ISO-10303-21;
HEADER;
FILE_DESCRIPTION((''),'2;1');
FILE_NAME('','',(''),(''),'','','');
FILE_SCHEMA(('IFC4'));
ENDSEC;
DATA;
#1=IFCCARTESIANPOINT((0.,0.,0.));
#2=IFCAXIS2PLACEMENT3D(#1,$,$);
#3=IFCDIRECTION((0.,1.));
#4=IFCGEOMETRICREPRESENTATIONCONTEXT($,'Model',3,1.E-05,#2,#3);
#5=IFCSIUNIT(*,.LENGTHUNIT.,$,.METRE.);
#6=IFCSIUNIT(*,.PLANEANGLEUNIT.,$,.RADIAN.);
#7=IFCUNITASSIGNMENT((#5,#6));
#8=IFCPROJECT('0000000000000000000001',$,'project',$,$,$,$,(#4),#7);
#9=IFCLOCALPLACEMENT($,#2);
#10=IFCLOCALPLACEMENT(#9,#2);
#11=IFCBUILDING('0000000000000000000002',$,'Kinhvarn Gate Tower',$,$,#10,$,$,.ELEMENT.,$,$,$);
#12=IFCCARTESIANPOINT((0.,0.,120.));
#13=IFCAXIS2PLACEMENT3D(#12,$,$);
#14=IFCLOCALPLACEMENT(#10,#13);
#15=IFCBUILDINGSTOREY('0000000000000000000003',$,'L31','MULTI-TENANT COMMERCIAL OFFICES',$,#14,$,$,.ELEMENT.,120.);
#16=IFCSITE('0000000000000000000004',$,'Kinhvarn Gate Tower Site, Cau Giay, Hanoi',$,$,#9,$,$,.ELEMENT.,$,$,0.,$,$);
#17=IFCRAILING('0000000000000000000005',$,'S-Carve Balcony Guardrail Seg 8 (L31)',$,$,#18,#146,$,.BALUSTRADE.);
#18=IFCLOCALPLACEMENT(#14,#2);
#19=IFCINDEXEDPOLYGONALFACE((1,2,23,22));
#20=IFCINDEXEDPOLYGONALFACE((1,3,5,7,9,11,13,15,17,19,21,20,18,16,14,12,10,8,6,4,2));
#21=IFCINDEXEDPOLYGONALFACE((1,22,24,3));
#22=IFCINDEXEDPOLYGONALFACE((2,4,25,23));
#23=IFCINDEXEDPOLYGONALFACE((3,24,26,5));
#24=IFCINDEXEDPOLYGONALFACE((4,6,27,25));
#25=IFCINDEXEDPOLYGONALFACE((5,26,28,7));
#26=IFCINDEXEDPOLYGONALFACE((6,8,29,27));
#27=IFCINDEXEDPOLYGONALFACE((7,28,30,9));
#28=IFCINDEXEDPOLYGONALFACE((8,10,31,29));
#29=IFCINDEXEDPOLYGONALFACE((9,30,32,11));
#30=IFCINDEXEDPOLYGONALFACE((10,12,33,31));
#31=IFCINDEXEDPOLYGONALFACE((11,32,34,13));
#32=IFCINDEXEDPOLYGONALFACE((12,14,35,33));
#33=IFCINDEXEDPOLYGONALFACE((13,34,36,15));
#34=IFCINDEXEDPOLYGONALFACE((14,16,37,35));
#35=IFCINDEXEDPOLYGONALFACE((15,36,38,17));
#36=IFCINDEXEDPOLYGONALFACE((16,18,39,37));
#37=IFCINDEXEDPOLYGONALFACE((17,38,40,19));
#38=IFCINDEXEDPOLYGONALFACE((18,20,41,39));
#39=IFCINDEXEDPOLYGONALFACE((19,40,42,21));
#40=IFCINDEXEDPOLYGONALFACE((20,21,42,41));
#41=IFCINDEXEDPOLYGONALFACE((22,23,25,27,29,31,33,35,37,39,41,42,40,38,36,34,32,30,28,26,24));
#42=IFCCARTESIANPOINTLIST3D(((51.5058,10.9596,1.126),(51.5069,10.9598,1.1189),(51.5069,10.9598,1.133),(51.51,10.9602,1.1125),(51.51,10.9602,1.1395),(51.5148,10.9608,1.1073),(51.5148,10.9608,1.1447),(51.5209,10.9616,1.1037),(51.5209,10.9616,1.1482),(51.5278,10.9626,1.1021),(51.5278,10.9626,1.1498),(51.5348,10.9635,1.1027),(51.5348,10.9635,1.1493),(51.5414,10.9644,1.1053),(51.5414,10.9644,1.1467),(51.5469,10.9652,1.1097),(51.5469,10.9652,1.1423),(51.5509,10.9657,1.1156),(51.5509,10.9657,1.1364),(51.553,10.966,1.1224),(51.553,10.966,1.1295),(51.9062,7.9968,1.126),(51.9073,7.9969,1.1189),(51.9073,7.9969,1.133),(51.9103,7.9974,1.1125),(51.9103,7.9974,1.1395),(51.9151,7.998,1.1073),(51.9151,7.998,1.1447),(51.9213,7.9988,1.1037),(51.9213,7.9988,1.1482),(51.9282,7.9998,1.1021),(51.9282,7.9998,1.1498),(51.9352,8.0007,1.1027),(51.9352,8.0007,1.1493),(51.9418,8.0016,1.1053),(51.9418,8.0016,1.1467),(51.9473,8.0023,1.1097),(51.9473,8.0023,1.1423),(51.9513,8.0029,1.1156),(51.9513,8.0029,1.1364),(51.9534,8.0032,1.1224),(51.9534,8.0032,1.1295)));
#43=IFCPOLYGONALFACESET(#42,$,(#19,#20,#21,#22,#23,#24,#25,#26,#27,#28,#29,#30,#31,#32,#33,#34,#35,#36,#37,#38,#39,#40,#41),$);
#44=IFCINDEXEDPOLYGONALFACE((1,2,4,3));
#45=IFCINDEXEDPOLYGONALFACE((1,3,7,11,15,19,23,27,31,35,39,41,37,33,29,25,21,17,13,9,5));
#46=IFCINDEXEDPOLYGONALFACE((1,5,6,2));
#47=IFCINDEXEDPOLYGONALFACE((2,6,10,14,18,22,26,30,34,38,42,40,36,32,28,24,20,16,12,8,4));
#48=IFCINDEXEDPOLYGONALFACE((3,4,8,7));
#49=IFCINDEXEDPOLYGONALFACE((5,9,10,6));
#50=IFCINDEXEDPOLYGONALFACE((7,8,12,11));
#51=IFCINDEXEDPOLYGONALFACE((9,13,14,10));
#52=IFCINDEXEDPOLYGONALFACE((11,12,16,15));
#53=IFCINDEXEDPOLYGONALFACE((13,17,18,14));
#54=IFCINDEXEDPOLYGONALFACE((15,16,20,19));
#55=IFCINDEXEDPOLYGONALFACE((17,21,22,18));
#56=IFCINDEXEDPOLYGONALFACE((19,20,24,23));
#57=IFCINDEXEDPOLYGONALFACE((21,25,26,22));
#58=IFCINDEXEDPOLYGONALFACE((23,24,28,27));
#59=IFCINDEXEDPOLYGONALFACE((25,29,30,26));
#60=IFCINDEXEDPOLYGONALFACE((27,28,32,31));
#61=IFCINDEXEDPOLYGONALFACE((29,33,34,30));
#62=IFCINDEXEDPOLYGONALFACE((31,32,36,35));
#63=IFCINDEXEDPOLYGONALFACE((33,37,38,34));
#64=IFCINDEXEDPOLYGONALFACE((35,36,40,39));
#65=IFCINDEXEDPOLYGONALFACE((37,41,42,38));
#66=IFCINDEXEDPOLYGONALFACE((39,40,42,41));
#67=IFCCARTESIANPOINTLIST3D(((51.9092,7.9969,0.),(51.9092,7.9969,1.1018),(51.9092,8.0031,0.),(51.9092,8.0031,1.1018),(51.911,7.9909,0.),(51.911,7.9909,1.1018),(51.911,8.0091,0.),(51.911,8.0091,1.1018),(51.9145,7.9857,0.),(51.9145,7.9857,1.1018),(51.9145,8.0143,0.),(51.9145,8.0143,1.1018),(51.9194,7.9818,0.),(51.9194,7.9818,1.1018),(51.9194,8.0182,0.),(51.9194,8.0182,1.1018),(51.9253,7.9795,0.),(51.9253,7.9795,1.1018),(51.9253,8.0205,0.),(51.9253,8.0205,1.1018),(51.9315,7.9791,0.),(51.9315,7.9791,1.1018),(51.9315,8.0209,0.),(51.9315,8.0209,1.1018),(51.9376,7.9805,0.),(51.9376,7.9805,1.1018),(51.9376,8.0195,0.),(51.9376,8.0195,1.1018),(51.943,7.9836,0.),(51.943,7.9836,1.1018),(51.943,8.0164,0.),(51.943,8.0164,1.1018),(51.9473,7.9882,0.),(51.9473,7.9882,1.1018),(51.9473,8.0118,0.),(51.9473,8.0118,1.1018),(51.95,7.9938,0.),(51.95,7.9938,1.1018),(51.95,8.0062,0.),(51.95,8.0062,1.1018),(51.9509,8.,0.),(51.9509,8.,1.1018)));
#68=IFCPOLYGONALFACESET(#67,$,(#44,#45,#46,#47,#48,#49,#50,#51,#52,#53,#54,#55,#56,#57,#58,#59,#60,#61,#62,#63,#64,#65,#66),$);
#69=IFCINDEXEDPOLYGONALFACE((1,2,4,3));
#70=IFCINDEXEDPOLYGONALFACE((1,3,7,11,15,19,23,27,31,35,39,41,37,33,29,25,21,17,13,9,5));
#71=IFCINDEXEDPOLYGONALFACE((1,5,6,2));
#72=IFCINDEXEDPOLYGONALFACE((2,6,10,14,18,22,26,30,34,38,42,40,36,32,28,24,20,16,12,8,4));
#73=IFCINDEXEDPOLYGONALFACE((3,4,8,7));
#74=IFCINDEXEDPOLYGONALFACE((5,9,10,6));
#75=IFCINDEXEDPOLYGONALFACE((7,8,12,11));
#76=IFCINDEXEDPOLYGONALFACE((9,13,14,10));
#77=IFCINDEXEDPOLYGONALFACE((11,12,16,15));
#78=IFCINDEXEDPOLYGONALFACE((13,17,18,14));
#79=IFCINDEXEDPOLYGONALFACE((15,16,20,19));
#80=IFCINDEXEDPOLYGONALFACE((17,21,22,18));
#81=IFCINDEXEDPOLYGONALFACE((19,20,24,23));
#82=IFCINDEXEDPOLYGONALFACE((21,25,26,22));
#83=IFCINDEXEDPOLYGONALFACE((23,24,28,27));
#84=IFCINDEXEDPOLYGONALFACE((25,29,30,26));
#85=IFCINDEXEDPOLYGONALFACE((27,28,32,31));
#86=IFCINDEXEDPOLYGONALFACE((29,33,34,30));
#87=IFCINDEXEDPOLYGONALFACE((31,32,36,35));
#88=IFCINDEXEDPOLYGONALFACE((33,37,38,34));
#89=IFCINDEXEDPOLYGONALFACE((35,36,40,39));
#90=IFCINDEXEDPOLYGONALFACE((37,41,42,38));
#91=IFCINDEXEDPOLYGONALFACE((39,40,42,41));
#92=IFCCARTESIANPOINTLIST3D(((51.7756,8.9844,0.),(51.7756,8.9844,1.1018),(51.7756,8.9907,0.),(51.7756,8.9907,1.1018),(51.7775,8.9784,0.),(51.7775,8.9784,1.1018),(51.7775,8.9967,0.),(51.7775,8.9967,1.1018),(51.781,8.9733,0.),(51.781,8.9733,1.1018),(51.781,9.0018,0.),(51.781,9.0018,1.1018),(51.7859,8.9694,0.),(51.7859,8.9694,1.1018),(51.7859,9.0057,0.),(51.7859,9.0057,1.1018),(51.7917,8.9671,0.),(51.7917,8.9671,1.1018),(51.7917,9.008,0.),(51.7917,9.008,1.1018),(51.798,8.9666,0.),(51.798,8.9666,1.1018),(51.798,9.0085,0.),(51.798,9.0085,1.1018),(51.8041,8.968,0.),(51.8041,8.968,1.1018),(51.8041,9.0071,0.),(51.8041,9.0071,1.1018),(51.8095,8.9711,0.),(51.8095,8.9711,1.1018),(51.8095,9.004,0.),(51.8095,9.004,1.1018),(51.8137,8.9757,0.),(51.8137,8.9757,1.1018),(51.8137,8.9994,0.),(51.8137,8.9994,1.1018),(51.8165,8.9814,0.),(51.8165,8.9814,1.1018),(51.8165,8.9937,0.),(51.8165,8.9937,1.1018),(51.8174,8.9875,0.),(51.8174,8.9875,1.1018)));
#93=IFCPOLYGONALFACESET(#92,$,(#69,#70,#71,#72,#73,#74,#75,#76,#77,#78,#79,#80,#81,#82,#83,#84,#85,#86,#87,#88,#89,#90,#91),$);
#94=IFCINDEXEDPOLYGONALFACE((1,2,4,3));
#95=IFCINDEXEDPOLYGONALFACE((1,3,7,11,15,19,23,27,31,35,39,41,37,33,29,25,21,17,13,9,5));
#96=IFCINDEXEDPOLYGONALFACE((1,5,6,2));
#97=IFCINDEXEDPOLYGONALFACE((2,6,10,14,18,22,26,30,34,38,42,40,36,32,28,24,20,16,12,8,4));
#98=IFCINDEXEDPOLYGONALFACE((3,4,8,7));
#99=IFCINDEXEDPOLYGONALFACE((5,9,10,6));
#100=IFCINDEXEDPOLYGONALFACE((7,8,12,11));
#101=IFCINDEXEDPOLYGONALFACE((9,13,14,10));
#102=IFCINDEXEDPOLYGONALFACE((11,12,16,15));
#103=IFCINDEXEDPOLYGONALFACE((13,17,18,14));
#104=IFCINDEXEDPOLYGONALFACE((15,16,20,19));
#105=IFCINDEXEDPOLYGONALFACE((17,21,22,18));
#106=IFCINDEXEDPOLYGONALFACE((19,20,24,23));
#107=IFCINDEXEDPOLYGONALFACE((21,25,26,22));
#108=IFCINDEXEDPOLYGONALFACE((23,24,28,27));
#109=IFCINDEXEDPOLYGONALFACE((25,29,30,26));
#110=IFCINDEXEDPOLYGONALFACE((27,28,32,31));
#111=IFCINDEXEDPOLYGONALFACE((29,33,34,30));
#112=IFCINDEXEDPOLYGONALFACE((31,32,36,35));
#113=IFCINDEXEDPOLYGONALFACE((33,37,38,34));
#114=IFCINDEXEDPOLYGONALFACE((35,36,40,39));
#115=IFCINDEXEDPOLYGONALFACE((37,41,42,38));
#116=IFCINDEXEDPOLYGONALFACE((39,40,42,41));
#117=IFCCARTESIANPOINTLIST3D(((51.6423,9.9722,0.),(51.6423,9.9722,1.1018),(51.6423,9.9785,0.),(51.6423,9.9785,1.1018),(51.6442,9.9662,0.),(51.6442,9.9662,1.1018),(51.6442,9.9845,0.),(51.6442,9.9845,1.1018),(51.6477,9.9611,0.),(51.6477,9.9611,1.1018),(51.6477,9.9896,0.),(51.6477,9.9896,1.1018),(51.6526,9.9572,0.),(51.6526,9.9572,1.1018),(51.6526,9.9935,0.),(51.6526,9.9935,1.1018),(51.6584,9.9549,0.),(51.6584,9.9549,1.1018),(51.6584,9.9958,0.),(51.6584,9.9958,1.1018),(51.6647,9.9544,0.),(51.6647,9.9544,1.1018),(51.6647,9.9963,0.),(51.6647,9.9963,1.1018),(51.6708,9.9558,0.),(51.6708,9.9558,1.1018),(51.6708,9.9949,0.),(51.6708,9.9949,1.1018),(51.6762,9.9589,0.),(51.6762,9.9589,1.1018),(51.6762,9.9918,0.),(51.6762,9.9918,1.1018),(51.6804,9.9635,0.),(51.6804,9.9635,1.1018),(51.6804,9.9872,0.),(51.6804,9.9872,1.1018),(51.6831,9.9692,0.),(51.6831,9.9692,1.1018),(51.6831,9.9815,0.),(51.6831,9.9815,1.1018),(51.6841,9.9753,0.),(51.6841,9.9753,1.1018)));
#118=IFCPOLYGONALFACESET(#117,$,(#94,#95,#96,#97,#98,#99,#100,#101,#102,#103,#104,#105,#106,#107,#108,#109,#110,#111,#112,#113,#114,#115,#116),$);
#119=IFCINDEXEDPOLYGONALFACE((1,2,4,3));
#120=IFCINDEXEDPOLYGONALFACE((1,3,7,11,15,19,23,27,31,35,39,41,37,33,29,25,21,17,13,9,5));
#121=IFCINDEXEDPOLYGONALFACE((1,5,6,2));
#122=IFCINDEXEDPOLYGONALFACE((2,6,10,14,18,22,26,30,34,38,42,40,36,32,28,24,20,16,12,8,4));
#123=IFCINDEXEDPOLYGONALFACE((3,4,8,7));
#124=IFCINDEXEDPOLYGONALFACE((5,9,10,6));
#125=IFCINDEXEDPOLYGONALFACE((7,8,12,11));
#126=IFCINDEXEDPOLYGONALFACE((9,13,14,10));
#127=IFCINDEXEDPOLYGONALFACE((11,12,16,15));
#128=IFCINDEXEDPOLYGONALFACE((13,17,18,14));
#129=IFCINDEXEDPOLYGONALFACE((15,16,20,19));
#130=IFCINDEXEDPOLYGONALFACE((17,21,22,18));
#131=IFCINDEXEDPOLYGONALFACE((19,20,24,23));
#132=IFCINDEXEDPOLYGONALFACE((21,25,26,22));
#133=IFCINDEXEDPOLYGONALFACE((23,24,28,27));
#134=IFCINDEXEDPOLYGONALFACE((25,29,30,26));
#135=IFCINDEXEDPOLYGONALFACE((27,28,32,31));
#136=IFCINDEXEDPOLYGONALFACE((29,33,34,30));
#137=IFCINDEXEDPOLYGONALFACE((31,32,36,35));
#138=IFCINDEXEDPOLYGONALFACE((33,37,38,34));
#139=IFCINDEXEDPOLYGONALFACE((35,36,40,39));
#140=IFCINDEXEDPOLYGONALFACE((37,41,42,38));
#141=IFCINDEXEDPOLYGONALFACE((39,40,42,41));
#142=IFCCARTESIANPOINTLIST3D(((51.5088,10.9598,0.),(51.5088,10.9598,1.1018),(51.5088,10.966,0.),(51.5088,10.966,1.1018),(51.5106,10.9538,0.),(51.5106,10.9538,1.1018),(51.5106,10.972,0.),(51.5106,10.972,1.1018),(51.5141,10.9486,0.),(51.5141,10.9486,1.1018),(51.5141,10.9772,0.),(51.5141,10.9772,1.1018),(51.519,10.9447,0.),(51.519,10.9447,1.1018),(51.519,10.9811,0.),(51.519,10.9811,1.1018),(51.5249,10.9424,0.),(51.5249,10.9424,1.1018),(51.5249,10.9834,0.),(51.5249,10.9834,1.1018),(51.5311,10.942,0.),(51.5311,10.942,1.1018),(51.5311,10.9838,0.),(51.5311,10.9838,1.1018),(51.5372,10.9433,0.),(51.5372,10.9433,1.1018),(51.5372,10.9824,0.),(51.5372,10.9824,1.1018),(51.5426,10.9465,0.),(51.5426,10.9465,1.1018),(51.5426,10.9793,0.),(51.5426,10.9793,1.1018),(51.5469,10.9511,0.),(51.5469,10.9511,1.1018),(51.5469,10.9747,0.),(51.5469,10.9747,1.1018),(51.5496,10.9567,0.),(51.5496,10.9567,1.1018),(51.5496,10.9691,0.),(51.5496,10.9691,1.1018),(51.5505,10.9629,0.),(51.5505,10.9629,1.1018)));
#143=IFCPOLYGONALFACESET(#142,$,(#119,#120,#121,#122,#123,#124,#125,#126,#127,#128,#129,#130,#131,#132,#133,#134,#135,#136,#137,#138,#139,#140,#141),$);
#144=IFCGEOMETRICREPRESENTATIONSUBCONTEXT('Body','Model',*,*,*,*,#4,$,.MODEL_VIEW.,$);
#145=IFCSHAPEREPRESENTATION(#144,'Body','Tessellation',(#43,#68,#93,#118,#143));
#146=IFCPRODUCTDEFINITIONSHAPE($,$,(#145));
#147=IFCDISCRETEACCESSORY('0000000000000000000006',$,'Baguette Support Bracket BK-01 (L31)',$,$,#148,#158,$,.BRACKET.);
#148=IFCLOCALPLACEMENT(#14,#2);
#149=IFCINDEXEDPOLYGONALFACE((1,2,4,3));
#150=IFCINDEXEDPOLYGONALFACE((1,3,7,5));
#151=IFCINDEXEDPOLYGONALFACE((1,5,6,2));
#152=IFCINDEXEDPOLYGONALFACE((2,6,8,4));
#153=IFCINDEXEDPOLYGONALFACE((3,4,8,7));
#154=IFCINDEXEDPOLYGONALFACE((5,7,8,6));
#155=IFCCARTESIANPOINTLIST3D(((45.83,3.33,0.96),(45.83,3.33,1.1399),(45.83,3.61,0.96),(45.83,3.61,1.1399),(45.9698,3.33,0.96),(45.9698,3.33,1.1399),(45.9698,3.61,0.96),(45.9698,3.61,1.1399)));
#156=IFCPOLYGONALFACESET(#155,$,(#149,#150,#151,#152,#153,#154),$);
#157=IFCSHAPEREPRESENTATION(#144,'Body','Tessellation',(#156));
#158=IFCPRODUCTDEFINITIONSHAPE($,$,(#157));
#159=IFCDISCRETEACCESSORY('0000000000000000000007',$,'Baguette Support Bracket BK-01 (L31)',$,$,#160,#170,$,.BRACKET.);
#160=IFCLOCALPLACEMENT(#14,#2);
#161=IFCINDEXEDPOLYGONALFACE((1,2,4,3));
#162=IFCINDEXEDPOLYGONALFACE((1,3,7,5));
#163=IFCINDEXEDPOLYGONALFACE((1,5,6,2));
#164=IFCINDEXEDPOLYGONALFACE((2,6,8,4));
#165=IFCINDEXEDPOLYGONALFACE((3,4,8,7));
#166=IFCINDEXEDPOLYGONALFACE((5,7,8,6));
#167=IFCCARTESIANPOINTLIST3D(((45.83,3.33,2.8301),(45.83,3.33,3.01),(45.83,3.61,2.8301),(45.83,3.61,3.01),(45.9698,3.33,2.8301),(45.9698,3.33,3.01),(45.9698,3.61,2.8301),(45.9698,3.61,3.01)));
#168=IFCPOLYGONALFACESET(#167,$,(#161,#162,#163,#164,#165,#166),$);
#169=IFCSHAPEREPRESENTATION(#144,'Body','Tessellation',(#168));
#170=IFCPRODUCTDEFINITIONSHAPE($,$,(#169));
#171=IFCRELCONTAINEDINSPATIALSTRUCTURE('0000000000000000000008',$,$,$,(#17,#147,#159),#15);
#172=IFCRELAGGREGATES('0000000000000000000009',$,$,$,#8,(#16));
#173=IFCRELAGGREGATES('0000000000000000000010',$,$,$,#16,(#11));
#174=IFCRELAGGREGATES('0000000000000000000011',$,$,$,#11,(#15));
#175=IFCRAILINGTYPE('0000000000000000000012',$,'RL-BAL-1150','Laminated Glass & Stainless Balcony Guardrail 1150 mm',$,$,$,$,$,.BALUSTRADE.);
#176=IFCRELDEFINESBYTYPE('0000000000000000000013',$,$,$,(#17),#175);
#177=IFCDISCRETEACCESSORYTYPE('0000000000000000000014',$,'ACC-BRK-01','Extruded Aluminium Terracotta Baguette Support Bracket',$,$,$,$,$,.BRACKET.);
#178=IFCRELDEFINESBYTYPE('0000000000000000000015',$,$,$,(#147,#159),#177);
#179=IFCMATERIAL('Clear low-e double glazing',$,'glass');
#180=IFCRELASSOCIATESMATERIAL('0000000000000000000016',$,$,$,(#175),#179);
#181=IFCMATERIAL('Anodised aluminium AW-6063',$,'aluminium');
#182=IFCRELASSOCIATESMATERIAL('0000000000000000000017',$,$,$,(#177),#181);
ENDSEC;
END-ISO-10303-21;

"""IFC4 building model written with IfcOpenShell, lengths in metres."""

from ifc_helpers import new_model, si_unit, direction, frame, origin, origin_2d, place, context, subcontext, project, spatial, rectangle, circle, extrude, material, type_object, element, save


model = new_model("IFC4")

# Units and contexts
model_context = context("Model", 3, precision=1e-05, world=origin(), true_north=direction((0.0, 1.0)))
body_context = subcontext(model_context, "Body", "Model", "MODEL_VIEW")
ifc_project = project(units=[si_unit("LENGTHUNIT", "METRE"), si_unit("PLANEANGLEUNIT", "RADIAN")], contexts=[model_context])

# Site, building, storey
site_placement = place(None, origin())
site = spatial("IfcSite", under=ifc_project, at=site_placement, Name="Kinhvarn Gate Tower Site, Cau Giay, Hanoi", CompositionType="ELEMENT", RefElevation=0.0)
building_placement = place(site_placement, origin())
building = spatial("IfcBuilding", under=site, at=building_placement, Name="Kinhvarn Gate Tower", CompositionType="ELEMENT")
storey_placement = place(building_placement, frame((0.0, 0.0, 120.0)))
storey = spatial("IfcBuildingStorey", under=building, at=storey_placement, Name="L31", Description="MULTI-TENANT COMMERCIAL OFFICES", CompositionType="ELEMENT", Elevation=120.0)

# Shared definitions
ifc_material_1 = material(Name="Anodised aluminium AW-6063", Category="aluminium")

# Shared definitions
ifc_material_2 = material(Name="Clear low-e double glazing", Category="glass")

# Railing
railing_type = type_object("IfcRailingType", Name="RL-BAL-1150", Description="Laminated Glass & Stainless Balcony Guardrail 1150 mm", PredefinedType="BALUSTRADE", material=ifc_material_2)
railing_1_placement = place(storey_placement, frame((51.9299, 8.0, 0.0)))
element("IfcRailing", 1, at=railing_1_placement, inside=storey, type_object=railing_type, Name="S-Carve Balcony Guardrail Seg 8 (L31)", PredefinedType="BALUSTRADE", context=body_context, shape_type="SweptSolid", body=[
    extrude(circle(Radius=0.0239, at=origin_2d()), frame((0.0, 0.0, 1.126), z_axis=(-0.133918, 0.990992, 0.0), x_axis=(-0.990992, -0.133918, 0.0)), (0.0, 0.0, 1.0), 2.9897),
    extrude(circle(Radius=0.021, at=origin_2d()), origin(), (0.0, 0.0, 1.0), 1.1018),
    extrude(circle(Radius=0.021, at=origin_2d()), frame((-0.1335, 0.9875, 0.0)), (0.0, 0.0, 1.0), 1.1018),
    extrude(circle(Radius=0.021, at=origin_2d()), frame((-0.2668, 1.9753, 0.0)), (0.0, 0.0, 1.0), 1.1018),
    extrude(circle(Radius=0.021, at=origin_2d()), frame((-0.4004, 2.9629, 0.0)), (0.0, 0.0, 1.0), 1.1018),
])

# Discrete accessories
discrete_accessory_type = type_object("IfcDiscreteAccessoryType", Name="ACC-BRK-01", Description="Extruded Aluminium Terracotta Baguette Support Bracket", PredefinedType="BRACKET", material=ifc_material_1)
for number, where, z_axis, x_axis, name in (
    (2, (45.8999, 3.47, 0.96), (0.0, 0.0, 1.0), (1.0, 0.0, 0.0), "Baguette Support Bracket BK-01 (L31)"),
    (3, (45.8999, 3.47, 2.8301), (0.0, 0.0, 1.0), (1.0, 0.0, 0.0), "Baguette Support Bracket BK-01 (L31)"),
):
    element("IfcDiscreteAccessory", number, at=place(storey_placement, frame(where, z_axis=z_axis, x_axis=x_axis)), inside=storey, type_object=discrete_accessory_type, Name=name, PredefinedType="BRACKET", context=body_context, shape_type="SweptSolid", body=[
        extrude(rectangle(XDim=0.1399, YDim=0.28, at=origin_2d()), origin(), (0.0, 0.0, 1.0), 0.1799),
    ])

save(model, "model.ifc")
